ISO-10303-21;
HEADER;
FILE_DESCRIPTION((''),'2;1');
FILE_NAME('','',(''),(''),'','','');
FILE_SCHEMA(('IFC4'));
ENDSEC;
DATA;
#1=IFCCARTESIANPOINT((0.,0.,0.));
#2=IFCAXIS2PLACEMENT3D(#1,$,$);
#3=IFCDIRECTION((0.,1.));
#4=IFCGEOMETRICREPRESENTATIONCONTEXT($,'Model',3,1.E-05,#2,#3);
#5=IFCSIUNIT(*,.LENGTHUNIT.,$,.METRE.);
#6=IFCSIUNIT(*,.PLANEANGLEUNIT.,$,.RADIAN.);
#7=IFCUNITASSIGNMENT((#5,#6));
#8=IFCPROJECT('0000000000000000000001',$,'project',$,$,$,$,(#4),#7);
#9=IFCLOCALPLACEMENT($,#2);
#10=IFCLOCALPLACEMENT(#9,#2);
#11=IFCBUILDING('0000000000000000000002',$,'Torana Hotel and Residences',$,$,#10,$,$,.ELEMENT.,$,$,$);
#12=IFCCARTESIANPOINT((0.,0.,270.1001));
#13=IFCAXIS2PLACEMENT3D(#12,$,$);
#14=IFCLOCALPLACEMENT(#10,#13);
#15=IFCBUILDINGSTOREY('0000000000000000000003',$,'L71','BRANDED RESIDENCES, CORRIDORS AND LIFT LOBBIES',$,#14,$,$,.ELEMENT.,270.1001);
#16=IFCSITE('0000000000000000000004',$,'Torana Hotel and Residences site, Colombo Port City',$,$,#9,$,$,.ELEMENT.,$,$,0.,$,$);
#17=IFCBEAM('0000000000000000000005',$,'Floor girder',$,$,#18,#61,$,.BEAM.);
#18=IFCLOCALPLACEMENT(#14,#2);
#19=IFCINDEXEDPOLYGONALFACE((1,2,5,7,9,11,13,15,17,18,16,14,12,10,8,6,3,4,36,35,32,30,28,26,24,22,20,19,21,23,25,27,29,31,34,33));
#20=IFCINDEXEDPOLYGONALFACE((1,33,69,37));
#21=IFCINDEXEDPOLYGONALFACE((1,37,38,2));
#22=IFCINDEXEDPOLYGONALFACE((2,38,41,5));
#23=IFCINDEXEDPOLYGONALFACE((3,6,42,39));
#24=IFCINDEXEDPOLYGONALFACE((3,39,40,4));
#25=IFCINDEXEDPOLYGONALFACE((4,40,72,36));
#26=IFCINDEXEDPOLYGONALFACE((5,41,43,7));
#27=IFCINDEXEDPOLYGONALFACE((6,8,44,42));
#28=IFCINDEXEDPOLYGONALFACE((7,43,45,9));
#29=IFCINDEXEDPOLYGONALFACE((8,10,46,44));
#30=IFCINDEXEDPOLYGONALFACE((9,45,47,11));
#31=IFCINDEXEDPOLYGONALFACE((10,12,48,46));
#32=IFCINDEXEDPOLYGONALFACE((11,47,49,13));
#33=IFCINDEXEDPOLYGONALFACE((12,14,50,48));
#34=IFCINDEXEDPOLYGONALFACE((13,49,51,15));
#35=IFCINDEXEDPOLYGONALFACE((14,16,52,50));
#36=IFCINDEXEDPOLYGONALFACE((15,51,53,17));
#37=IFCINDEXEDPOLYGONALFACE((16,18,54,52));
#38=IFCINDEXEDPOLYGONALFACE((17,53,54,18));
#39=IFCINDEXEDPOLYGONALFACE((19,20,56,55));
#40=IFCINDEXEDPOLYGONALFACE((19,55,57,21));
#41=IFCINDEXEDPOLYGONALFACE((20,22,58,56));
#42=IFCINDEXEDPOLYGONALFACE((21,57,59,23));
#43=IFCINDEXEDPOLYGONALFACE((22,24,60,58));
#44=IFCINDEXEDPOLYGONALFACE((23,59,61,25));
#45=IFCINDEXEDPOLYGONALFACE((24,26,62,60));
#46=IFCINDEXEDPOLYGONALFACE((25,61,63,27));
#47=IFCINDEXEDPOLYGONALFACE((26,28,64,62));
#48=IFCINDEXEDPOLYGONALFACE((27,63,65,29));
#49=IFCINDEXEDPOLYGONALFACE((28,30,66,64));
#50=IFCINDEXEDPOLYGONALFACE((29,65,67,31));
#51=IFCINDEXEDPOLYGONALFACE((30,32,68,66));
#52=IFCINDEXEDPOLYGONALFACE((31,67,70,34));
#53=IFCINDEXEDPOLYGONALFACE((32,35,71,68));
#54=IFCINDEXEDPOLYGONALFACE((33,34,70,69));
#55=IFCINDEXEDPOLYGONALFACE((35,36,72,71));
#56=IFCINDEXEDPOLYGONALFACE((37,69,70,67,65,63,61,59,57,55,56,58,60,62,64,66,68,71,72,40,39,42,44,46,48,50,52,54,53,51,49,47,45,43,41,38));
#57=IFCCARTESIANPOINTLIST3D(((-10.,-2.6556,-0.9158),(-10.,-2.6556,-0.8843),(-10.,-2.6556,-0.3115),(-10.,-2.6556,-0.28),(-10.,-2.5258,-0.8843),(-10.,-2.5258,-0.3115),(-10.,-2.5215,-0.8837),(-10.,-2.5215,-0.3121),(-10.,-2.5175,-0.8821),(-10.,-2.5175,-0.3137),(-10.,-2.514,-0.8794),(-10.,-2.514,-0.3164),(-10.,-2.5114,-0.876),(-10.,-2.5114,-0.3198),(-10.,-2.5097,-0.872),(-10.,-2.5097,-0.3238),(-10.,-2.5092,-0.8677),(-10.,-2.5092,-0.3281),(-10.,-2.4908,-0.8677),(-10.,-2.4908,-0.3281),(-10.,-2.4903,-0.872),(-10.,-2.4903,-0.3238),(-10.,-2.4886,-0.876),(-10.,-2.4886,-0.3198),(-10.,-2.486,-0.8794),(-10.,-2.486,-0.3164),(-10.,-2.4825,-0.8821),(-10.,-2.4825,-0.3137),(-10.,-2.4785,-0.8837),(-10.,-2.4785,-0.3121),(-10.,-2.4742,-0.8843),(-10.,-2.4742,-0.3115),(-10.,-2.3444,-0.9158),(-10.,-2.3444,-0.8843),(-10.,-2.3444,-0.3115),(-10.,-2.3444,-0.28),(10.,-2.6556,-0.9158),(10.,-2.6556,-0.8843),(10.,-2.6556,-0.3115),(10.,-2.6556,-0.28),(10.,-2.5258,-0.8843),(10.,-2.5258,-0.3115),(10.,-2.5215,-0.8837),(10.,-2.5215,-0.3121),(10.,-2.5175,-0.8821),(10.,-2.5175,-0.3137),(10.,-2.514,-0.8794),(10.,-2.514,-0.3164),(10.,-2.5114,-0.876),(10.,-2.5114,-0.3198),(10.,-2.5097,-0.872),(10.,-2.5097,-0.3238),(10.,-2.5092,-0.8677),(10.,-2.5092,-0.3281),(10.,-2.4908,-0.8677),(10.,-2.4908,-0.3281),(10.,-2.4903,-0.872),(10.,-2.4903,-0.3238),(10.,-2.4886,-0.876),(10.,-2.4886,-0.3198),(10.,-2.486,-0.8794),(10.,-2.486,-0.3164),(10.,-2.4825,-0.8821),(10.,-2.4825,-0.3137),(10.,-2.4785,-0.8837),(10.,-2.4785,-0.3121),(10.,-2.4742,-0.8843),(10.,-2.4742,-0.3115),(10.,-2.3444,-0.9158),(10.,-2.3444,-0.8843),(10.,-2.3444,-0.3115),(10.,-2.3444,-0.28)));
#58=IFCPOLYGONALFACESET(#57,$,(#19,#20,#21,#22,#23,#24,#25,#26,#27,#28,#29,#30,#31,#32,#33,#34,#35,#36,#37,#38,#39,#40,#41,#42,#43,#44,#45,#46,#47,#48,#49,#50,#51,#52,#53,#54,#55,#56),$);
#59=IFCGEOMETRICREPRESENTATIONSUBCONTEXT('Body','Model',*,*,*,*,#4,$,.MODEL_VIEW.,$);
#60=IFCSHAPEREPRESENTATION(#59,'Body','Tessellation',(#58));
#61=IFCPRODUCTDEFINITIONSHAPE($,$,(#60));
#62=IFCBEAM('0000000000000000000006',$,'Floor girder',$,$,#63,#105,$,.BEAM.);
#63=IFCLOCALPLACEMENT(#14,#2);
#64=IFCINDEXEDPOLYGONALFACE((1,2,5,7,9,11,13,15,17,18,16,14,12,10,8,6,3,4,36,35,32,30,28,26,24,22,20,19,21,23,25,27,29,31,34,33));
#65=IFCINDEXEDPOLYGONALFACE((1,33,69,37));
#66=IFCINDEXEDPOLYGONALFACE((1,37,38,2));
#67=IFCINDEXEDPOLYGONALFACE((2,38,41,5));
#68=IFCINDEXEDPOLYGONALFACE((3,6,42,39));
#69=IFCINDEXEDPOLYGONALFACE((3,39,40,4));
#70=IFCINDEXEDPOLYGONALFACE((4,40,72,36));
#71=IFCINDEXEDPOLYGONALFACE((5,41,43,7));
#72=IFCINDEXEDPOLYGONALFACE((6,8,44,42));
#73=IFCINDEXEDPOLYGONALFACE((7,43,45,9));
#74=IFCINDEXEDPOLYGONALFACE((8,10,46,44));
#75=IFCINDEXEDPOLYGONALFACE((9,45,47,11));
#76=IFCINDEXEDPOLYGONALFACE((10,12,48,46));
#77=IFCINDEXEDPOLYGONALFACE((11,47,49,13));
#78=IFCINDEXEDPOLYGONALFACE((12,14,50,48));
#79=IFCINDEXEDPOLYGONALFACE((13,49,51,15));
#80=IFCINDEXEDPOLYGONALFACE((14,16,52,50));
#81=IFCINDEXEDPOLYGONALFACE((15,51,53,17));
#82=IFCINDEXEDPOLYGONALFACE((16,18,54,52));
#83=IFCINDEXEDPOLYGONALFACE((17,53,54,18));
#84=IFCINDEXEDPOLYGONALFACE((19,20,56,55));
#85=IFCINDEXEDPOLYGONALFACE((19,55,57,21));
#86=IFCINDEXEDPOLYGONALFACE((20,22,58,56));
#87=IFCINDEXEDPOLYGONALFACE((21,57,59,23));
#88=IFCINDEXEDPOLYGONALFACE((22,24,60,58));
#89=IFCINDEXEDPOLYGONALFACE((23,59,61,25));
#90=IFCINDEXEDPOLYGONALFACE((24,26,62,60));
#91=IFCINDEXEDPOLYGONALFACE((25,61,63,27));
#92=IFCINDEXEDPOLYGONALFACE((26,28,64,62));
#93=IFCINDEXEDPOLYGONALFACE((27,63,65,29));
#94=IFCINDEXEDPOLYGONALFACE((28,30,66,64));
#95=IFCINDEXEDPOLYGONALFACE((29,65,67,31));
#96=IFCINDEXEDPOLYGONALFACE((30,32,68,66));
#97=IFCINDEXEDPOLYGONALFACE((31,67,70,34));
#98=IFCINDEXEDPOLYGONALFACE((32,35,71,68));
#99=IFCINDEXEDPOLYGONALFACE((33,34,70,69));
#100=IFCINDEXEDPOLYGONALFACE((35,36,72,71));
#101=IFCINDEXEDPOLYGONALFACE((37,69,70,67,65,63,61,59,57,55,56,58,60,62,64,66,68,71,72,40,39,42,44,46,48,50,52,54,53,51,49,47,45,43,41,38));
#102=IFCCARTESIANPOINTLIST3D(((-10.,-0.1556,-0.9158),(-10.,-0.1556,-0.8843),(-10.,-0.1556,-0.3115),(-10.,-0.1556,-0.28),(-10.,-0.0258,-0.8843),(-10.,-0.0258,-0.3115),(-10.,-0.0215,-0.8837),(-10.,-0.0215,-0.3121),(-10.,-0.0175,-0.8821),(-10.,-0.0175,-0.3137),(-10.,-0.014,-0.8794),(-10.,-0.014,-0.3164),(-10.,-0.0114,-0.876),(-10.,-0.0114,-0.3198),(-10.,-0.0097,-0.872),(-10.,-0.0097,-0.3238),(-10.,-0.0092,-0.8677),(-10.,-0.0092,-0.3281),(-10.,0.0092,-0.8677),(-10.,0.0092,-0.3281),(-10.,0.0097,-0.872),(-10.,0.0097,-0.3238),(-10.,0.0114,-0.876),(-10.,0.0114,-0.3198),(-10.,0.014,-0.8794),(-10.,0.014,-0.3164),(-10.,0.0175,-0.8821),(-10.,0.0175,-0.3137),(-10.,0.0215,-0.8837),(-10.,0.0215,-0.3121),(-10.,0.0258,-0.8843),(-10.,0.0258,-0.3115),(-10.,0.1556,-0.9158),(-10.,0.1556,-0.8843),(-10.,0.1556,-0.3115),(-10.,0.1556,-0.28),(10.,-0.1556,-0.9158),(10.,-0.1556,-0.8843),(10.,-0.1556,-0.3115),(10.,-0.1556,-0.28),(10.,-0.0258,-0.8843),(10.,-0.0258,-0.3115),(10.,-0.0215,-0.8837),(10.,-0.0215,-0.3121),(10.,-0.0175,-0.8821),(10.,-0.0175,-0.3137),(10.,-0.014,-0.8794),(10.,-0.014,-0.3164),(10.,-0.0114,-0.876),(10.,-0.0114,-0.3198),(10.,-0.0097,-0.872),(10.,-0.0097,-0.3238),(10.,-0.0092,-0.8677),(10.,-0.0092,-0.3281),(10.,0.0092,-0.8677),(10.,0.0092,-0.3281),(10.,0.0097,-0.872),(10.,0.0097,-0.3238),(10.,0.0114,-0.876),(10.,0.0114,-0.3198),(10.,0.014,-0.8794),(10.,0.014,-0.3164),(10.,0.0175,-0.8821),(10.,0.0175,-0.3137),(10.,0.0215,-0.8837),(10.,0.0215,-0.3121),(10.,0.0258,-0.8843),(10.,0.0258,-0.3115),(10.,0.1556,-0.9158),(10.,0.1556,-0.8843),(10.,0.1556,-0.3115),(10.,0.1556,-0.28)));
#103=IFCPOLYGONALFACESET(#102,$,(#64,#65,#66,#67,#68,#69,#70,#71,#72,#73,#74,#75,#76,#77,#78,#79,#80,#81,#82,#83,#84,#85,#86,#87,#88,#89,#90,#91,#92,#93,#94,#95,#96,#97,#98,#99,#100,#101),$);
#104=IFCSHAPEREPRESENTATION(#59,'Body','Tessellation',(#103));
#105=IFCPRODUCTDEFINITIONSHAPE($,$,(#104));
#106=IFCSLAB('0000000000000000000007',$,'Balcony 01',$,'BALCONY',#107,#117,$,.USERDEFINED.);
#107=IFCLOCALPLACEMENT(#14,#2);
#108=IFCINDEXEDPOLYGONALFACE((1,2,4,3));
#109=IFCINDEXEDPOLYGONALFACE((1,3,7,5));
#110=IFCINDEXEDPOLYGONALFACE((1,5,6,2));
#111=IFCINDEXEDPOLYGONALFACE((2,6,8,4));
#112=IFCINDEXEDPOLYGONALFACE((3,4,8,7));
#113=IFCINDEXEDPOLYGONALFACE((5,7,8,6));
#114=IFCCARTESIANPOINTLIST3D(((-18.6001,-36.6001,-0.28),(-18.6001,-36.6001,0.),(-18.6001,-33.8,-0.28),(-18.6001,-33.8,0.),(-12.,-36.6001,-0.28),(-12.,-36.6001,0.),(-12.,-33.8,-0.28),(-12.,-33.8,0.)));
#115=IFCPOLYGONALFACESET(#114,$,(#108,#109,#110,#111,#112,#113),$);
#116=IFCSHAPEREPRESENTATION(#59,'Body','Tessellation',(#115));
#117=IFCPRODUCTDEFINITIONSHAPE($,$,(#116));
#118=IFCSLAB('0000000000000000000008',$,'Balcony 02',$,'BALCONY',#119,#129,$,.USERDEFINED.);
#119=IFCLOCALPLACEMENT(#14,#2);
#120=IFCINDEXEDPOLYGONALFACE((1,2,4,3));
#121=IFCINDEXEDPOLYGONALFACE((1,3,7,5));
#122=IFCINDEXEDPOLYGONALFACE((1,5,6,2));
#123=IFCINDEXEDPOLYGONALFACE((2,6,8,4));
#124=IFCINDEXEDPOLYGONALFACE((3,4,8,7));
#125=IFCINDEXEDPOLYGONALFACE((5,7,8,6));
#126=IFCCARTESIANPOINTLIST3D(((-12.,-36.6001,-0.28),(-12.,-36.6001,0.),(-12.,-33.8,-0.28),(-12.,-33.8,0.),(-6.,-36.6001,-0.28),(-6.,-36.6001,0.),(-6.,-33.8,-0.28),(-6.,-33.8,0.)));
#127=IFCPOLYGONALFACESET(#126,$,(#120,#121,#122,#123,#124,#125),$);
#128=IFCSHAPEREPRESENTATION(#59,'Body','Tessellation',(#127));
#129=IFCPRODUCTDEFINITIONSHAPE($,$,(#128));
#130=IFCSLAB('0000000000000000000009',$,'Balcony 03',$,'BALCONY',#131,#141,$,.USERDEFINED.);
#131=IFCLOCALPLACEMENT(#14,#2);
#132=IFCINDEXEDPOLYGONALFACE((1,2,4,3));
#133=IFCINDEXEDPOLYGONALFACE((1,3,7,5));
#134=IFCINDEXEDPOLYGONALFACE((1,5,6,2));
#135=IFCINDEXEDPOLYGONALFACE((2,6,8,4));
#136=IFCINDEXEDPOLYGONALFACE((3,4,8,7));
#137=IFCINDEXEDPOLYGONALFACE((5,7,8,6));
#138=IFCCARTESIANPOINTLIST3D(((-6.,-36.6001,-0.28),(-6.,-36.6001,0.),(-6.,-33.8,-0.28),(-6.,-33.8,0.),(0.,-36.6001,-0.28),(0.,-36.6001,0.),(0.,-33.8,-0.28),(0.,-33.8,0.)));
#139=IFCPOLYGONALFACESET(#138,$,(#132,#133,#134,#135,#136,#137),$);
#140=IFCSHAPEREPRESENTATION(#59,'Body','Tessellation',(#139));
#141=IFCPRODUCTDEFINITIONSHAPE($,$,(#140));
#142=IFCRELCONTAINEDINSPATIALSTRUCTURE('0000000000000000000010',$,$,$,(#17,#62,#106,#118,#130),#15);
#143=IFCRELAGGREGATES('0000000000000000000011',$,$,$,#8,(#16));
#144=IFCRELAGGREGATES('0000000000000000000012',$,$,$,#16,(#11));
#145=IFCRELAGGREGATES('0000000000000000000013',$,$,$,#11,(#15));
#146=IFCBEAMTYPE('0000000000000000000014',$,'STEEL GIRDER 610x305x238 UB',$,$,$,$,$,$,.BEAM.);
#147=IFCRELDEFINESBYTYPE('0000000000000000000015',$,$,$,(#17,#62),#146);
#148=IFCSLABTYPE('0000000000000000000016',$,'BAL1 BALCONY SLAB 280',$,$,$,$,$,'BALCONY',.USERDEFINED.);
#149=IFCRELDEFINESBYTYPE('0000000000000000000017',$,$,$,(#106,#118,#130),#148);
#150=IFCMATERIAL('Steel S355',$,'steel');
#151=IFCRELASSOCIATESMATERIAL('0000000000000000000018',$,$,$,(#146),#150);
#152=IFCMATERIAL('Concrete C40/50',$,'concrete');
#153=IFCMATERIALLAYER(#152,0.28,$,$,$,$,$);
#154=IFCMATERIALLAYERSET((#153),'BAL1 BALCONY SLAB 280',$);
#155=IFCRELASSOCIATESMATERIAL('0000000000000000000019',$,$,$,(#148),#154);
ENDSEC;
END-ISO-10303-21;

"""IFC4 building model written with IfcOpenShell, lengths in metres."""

from ifc_helpers import new_model, si_unit, direction, frame, origin, origin_2d, place, context, subcontext, project, spatial, polyline, i_section, outline, extrude, material, layer, layer_set, material_profile, profile_set, type_object, element, save


model = new_model("IFC4")

# Units and contexts
model_context = context("Model", 3, precision=1e-05, world=origin(), true_north=direction((0.0, 1.0)))
body_context = subcontext(model_context, "Body", "Model", "MODEL_VIEW")
ifc_project = project(units=[si_unit("LENGTHUNIT", "METRE"), si_unit("PLANEANGLEUNIT", "RADIAN")], contexts=[model_context])

# Site, building, storey
site_placement = place(None, origin())
site = spatial("IfcSite", under=ifc_project, at=site_placement, Name="Torana Hotel and Residences site, Colombo Port City", CompositionType="ELEMENT", RefElevation=0.0)
building_placement = place(site_placement, origin())
building = spatial("IfcBuilding", under=site, at=building_placement, Name="Torana Hotel and Residences", CompositionType="ELEMENT")
storey_placement = place(building_placement, frame((0.0, 0.0, 270.1001)))
storey = spatial("IfcBuildingStorey", under=building, at=storey_placement, Name="L71", Description="BRANDED RESIDENCES, CORRIDORS AND LIFT LOBBIES", CompositionType="ELEMENT", Elevation=270.1001)

# Beams
ifc_material_1 = material(Name="Steel S355", Category="steel")
ifc_material_profile = material_profile(ifc_material_1, i_section(OverallWidth=0.3113, OverallDepth=0.6357, WebThickness=0.0183, FlangeThickness=0.0315, FilletRadius=0.0166, at=origin_2d()), Name="610x305x238 UB")
ifc_profile_set = profile_set([ifc_material_profile], Name="Steel S355")
beam_type = type_object("IfcBeamType", Name="STEEL GIRDER 610x305x238 UB", PredefinedType="BEAM", material=ifc_profile_set)
for number, where, z_axis, x_axis, name in (
    (1, (-10.0, -2.5, -0.5979), (1.0, 0.0, 0.0), (0.0, 1.0, 0.0), "Floor girder"),
    (2, (-10.0, 0.0, -0.5979), (1.0, 0.0, 0.0), (0.0, 1.0, 0.0), "Floor girder"),
):
    element("IfcBeam", number, at=place(storey_placement, frame(where, z_axis=z_axis, x_axis=x_axis)), inside=storey, type_object=beam_type, Name=name, PredefinedType="BEAM", context=body_context, shape_type="SweptSolid", body=[
        extrude(i_section(OverallWidth=0.3113, OverallDepth=0.6357, WebThickness=0.0183, FlangeThickness=0.0315, FilletRadius=0.0166, at=origin_2d()), origin(), (0.0, 0.0, 1.0), 20.0),
    ])

# Slabs
ifc_material_2 = material(Name="Concrete C40/50", Category="concrete")
ifc_layer_1 = layer(ifc_material_2, 0.28)
ifc_layer_set_1 = layer_set([ifc_layer_1], Name="BAL1 BALCONY SLAB 280")
slab_type_1 = type_object("IfcSlabType", Name="BAL1 BALCONY SLAB 280", ElementType="BALCONY", PredefinedType="USERDEFINED", material=ifc_layer_set_1)
slab_1_placement = place(storey_placement, frame((0.0, 0.0, -0.28)))
element("IfcSlab", 3, at=slab_1_placement, inside=storey, type_object=slab_type_1, Name="Balcony 01", ObjectType="BALCONY", PredefinedType="USERDEFINED", context=body_context, shape_type="SweptSolid", body=[
    extrude(outline(polyline([(-18.6001, -36.6001), (-12.0, -36.6001), (-12.0, -33.8), (-18.6001, -33.8), (-18.6001, -36.6001)])), origin(), (0.0, 0.0, 1.0), 0.28),
])
slab_2_placement = place(storey_placement, frame((0.0, 0.0, -0.28)))
element("IfcSlab", 4, at=slab_2_placement, inside=storey, type_object=slab_type_1, Name="Balcony 02", ObjectType="BALCONY", PredefinedType="USERDEFINED", context=body_context, shape_type="SweptSolid", body=[
    extrude(outline(polyline([(-12.0, -36.6001), (-6.0, -36.6001), (-6.0, -33.8), (-12.0, -33.8), (-12.0, -36.6001)])), origin(), (0.0, 0.0, 1.0), 0.28),
])
slab_3_placement = place(storey_placement, frame((0.0, 0.0, -0.28)))
element("IfcSlab", 5, at=slab_3_placement, inside=storey, type_object=slab_type_1, Name="Balcony 03", ObjectType="BALCONY", PredefinedType="USERDEFINED", context=body_context, shape_type="SweptSolid", body=[
    extrude(outline(polyline([(-6.0, -36.6001), (0.0, -36.6001), (0.0, -33.8), (-6.0, -33.8), (-6.0, -36.6001)])), origin(), (0.0, 0.0, 1.0), 0.28),
])

save(model, "model.ifc")
